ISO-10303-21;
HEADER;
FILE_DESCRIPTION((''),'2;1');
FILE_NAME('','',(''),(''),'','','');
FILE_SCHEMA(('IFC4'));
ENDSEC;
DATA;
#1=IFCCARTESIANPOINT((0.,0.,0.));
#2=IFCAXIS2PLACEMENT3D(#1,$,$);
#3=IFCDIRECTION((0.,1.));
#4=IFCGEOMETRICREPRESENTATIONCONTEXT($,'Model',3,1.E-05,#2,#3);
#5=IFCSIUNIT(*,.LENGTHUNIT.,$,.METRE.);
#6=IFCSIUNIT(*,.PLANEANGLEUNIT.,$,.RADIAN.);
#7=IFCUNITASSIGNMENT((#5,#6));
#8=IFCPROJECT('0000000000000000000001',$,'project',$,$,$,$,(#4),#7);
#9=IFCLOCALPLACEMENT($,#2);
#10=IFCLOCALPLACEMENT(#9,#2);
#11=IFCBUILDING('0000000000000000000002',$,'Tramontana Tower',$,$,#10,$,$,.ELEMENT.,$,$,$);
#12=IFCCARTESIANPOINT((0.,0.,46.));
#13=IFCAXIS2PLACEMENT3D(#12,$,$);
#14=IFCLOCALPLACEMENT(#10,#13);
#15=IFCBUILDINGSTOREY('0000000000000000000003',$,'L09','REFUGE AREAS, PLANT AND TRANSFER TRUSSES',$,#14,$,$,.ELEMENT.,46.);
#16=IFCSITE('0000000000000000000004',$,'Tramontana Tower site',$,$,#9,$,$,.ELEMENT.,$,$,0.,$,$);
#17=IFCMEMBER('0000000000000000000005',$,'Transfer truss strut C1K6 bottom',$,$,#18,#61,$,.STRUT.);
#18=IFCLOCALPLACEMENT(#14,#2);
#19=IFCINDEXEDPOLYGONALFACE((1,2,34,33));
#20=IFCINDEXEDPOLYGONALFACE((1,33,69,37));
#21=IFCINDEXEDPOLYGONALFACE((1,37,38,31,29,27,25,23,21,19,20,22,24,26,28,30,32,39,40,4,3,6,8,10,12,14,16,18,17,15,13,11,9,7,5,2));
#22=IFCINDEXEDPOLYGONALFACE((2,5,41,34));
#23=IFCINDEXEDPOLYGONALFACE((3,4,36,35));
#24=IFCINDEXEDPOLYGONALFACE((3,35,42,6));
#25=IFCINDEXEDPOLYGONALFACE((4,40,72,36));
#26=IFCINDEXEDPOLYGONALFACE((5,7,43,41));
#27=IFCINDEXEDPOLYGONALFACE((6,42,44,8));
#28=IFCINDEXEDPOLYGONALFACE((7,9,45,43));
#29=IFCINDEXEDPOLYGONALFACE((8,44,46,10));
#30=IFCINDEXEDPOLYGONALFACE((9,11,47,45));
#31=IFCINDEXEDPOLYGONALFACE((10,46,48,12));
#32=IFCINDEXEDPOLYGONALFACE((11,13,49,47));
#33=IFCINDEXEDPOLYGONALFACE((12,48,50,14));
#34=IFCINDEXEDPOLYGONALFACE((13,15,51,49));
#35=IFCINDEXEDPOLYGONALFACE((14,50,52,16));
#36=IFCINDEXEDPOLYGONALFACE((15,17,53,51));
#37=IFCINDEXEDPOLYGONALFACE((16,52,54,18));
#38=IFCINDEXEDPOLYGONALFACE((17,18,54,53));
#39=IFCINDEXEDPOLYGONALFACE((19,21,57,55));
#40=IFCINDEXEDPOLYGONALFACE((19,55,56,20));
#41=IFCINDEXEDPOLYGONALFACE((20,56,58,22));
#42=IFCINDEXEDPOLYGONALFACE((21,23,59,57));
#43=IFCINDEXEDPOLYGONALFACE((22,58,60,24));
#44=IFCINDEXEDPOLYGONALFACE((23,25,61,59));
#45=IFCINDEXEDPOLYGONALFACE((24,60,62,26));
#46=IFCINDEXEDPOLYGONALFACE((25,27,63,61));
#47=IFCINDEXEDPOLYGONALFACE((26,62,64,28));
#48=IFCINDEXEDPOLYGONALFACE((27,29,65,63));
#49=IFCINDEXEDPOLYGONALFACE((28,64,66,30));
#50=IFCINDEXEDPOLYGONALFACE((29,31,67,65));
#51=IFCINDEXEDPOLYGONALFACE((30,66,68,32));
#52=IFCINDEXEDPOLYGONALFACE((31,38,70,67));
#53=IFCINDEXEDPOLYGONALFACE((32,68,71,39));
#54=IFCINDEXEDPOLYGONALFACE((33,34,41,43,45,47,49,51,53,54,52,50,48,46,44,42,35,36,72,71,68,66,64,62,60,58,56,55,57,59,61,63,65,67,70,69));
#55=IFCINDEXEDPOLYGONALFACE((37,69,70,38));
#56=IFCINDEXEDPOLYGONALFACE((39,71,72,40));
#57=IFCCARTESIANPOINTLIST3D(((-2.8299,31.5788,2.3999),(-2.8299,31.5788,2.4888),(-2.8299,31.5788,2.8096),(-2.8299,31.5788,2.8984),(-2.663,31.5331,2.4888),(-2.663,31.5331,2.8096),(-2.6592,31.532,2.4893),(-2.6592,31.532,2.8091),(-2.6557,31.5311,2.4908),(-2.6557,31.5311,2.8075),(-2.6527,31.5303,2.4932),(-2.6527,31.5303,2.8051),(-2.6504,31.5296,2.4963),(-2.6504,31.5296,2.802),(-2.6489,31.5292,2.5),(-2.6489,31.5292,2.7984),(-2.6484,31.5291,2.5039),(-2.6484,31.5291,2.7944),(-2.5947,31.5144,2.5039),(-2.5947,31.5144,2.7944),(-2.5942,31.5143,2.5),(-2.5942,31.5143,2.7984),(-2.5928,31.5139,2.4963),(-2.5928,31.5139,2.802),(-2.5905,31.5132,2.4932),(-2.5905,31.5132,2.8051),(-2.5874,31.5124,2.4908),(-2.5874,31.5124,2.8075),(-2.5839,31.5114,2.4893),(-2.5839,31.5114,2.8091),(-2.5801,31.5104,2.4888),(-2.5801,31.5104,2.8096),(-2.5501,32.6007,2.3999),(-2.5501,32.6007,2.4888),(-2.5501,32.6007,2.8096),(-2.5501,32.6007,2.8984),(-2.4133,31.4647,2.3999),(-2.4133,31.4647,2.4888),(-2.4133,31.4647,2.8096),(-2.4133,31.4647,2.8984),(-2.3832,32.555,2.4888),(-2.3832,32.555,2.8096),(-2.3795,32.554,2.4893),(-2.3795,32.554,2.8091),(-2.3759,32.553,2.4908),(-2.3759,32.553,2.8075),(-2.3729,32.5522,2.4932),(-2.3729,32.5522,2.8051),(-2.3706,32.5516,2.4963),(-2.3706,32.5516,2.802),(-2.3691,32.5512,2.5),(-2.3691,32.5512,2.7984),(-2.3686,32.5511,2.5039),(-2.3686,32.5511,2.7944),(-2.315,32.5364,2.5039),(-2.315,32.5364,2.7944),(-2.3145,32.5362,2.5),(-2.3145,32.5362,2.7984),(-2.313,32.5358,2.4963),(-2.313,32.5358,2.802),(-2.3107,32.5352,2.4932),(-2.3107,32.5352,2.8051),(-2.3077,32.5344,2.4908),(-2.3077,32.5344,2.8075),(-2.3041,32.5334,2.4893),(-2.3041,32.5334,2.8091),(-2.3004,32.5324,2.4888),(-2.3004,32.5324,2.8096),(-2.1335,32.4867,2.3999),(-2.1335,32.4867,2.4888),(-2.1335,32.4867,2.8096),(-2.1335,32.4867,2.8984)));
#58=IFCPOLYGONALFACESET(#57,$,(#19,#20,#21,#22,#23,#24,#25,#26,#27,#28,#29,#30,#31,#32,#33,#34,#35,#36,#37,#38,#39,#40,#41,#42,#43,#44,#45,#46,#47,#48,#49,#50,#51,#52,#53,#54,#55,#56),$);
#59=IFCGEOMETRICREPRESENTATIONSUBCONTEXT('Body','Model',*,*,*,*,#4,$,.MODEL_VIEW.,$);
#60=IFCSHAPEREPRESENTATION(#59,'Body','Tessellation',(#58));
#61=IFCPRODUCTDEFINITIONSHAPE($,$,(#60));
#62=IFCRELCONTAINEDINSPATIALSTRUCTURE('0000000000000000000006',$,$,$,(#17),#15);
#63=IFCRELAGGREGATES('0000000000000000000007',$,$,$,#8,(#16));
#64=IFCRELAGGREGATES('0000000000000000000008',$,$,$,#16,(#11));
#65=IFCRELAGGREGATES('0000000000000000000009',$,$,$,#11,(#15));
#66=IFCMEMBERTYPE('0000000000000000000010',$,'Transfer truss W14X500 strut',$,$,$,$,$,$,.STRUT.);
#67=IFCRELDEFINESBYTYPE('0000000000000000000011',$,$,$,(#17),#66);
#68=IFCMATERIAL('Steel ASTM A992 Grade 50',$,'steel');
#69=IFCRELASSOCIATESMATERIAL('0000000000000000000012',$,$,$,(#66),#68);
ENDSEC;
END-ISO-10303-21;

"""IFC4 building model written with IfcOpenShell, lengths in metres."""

from ifc_helpers import new_model, si_unit, direction, frame, origin, origin_2d, place, context, subcontext, project, spatial, i_section, extrude, material, material_profile, profile_set, type_object, element, save


model = new_model("IFC4")

# Units and contexts
model_context = context("Model", 3, precision=1e-05, world=origin(), true_north=direction((0.0, 1.0)))
body_context = subcontext(model_context, "Body", "Model", "MODEL_VIEW")
ifc_project = project(units=[si_unit("LENGTHUNIT", "METRE"), si_unit("PLANEANGLEUNIT", "RADIAN")], contexts=[model_context])

# Site, building, storey
site_placement = place(None, origin())
site = spatial("IfcSite", under=ifc_project, at=site_placement, Name="Tramontana Tower site", CompositionType="ELEMENT", RefElevation=0.0)
building_placement = place(site_placement, origin())
building = spatial("IfcBuilding", under=site, at=building_placement, Name="Tramontana Tower", CompositionType="ELEMENT")
storey_placement = place(building_placement, frame((0.0, 0.0, 46.0)))
storey = spatial("IfcBuildingStorey", under=building, at=storey_placement, Name="L09", Description="REFUGE AREAS, PLANT AND TRANSFER TRUSSES", CompositionType="ELEMENT", Elevation=46.0)

# Member
ifc_material_1 = material(Name="Steel ASTM A992 Grade 50", Category="steel")
ifc_material_profile_1 = material_profile(ifc_material_1, i_section(OverallWidth=0.4319, OverallDepth=0.4985, WebThickness=0.0557, FlangeThickness=0.0889, FilletRadius=0.0151, at=origin_2d()), Name="W14X500")
ifc_profile_set_1 = profile_set([ifc_material_profile_1], Name="Steel ASTM A992 Grade 50")
member_type_1 = type_object("IfcMemberType", Name="Transfer truss W14X500 strut", PredefinedType="STRUT", material=ifc_profile_set_1)
member_1_placement = place(storey_placement, frame((-2.3418, 32.5437, 2.6492), z_axis=(-0.264053, -0.964508, 0.0), x_axis=(0.964508, -0.264053, 0.0)))
element("IfcMember", 1, at=member_1_placement, inside=storey, type_object=member_type_1, Name="Transfer truss strut C1K6 bottom", PredefinedType="STRUT", context=body_context, shape_type="SweptSolid", body=[
    extrude(i_section(OverallWidth=0.4319, OverallDepth=0.4985, WebThickness=0.0557, FlangeThickness=0.0889, FilletRadius=0.0151, at=origin_2d()), origin(), (0.0, 0.0, 1.0), 1.0596),
])

save(model, "model.ifc")
